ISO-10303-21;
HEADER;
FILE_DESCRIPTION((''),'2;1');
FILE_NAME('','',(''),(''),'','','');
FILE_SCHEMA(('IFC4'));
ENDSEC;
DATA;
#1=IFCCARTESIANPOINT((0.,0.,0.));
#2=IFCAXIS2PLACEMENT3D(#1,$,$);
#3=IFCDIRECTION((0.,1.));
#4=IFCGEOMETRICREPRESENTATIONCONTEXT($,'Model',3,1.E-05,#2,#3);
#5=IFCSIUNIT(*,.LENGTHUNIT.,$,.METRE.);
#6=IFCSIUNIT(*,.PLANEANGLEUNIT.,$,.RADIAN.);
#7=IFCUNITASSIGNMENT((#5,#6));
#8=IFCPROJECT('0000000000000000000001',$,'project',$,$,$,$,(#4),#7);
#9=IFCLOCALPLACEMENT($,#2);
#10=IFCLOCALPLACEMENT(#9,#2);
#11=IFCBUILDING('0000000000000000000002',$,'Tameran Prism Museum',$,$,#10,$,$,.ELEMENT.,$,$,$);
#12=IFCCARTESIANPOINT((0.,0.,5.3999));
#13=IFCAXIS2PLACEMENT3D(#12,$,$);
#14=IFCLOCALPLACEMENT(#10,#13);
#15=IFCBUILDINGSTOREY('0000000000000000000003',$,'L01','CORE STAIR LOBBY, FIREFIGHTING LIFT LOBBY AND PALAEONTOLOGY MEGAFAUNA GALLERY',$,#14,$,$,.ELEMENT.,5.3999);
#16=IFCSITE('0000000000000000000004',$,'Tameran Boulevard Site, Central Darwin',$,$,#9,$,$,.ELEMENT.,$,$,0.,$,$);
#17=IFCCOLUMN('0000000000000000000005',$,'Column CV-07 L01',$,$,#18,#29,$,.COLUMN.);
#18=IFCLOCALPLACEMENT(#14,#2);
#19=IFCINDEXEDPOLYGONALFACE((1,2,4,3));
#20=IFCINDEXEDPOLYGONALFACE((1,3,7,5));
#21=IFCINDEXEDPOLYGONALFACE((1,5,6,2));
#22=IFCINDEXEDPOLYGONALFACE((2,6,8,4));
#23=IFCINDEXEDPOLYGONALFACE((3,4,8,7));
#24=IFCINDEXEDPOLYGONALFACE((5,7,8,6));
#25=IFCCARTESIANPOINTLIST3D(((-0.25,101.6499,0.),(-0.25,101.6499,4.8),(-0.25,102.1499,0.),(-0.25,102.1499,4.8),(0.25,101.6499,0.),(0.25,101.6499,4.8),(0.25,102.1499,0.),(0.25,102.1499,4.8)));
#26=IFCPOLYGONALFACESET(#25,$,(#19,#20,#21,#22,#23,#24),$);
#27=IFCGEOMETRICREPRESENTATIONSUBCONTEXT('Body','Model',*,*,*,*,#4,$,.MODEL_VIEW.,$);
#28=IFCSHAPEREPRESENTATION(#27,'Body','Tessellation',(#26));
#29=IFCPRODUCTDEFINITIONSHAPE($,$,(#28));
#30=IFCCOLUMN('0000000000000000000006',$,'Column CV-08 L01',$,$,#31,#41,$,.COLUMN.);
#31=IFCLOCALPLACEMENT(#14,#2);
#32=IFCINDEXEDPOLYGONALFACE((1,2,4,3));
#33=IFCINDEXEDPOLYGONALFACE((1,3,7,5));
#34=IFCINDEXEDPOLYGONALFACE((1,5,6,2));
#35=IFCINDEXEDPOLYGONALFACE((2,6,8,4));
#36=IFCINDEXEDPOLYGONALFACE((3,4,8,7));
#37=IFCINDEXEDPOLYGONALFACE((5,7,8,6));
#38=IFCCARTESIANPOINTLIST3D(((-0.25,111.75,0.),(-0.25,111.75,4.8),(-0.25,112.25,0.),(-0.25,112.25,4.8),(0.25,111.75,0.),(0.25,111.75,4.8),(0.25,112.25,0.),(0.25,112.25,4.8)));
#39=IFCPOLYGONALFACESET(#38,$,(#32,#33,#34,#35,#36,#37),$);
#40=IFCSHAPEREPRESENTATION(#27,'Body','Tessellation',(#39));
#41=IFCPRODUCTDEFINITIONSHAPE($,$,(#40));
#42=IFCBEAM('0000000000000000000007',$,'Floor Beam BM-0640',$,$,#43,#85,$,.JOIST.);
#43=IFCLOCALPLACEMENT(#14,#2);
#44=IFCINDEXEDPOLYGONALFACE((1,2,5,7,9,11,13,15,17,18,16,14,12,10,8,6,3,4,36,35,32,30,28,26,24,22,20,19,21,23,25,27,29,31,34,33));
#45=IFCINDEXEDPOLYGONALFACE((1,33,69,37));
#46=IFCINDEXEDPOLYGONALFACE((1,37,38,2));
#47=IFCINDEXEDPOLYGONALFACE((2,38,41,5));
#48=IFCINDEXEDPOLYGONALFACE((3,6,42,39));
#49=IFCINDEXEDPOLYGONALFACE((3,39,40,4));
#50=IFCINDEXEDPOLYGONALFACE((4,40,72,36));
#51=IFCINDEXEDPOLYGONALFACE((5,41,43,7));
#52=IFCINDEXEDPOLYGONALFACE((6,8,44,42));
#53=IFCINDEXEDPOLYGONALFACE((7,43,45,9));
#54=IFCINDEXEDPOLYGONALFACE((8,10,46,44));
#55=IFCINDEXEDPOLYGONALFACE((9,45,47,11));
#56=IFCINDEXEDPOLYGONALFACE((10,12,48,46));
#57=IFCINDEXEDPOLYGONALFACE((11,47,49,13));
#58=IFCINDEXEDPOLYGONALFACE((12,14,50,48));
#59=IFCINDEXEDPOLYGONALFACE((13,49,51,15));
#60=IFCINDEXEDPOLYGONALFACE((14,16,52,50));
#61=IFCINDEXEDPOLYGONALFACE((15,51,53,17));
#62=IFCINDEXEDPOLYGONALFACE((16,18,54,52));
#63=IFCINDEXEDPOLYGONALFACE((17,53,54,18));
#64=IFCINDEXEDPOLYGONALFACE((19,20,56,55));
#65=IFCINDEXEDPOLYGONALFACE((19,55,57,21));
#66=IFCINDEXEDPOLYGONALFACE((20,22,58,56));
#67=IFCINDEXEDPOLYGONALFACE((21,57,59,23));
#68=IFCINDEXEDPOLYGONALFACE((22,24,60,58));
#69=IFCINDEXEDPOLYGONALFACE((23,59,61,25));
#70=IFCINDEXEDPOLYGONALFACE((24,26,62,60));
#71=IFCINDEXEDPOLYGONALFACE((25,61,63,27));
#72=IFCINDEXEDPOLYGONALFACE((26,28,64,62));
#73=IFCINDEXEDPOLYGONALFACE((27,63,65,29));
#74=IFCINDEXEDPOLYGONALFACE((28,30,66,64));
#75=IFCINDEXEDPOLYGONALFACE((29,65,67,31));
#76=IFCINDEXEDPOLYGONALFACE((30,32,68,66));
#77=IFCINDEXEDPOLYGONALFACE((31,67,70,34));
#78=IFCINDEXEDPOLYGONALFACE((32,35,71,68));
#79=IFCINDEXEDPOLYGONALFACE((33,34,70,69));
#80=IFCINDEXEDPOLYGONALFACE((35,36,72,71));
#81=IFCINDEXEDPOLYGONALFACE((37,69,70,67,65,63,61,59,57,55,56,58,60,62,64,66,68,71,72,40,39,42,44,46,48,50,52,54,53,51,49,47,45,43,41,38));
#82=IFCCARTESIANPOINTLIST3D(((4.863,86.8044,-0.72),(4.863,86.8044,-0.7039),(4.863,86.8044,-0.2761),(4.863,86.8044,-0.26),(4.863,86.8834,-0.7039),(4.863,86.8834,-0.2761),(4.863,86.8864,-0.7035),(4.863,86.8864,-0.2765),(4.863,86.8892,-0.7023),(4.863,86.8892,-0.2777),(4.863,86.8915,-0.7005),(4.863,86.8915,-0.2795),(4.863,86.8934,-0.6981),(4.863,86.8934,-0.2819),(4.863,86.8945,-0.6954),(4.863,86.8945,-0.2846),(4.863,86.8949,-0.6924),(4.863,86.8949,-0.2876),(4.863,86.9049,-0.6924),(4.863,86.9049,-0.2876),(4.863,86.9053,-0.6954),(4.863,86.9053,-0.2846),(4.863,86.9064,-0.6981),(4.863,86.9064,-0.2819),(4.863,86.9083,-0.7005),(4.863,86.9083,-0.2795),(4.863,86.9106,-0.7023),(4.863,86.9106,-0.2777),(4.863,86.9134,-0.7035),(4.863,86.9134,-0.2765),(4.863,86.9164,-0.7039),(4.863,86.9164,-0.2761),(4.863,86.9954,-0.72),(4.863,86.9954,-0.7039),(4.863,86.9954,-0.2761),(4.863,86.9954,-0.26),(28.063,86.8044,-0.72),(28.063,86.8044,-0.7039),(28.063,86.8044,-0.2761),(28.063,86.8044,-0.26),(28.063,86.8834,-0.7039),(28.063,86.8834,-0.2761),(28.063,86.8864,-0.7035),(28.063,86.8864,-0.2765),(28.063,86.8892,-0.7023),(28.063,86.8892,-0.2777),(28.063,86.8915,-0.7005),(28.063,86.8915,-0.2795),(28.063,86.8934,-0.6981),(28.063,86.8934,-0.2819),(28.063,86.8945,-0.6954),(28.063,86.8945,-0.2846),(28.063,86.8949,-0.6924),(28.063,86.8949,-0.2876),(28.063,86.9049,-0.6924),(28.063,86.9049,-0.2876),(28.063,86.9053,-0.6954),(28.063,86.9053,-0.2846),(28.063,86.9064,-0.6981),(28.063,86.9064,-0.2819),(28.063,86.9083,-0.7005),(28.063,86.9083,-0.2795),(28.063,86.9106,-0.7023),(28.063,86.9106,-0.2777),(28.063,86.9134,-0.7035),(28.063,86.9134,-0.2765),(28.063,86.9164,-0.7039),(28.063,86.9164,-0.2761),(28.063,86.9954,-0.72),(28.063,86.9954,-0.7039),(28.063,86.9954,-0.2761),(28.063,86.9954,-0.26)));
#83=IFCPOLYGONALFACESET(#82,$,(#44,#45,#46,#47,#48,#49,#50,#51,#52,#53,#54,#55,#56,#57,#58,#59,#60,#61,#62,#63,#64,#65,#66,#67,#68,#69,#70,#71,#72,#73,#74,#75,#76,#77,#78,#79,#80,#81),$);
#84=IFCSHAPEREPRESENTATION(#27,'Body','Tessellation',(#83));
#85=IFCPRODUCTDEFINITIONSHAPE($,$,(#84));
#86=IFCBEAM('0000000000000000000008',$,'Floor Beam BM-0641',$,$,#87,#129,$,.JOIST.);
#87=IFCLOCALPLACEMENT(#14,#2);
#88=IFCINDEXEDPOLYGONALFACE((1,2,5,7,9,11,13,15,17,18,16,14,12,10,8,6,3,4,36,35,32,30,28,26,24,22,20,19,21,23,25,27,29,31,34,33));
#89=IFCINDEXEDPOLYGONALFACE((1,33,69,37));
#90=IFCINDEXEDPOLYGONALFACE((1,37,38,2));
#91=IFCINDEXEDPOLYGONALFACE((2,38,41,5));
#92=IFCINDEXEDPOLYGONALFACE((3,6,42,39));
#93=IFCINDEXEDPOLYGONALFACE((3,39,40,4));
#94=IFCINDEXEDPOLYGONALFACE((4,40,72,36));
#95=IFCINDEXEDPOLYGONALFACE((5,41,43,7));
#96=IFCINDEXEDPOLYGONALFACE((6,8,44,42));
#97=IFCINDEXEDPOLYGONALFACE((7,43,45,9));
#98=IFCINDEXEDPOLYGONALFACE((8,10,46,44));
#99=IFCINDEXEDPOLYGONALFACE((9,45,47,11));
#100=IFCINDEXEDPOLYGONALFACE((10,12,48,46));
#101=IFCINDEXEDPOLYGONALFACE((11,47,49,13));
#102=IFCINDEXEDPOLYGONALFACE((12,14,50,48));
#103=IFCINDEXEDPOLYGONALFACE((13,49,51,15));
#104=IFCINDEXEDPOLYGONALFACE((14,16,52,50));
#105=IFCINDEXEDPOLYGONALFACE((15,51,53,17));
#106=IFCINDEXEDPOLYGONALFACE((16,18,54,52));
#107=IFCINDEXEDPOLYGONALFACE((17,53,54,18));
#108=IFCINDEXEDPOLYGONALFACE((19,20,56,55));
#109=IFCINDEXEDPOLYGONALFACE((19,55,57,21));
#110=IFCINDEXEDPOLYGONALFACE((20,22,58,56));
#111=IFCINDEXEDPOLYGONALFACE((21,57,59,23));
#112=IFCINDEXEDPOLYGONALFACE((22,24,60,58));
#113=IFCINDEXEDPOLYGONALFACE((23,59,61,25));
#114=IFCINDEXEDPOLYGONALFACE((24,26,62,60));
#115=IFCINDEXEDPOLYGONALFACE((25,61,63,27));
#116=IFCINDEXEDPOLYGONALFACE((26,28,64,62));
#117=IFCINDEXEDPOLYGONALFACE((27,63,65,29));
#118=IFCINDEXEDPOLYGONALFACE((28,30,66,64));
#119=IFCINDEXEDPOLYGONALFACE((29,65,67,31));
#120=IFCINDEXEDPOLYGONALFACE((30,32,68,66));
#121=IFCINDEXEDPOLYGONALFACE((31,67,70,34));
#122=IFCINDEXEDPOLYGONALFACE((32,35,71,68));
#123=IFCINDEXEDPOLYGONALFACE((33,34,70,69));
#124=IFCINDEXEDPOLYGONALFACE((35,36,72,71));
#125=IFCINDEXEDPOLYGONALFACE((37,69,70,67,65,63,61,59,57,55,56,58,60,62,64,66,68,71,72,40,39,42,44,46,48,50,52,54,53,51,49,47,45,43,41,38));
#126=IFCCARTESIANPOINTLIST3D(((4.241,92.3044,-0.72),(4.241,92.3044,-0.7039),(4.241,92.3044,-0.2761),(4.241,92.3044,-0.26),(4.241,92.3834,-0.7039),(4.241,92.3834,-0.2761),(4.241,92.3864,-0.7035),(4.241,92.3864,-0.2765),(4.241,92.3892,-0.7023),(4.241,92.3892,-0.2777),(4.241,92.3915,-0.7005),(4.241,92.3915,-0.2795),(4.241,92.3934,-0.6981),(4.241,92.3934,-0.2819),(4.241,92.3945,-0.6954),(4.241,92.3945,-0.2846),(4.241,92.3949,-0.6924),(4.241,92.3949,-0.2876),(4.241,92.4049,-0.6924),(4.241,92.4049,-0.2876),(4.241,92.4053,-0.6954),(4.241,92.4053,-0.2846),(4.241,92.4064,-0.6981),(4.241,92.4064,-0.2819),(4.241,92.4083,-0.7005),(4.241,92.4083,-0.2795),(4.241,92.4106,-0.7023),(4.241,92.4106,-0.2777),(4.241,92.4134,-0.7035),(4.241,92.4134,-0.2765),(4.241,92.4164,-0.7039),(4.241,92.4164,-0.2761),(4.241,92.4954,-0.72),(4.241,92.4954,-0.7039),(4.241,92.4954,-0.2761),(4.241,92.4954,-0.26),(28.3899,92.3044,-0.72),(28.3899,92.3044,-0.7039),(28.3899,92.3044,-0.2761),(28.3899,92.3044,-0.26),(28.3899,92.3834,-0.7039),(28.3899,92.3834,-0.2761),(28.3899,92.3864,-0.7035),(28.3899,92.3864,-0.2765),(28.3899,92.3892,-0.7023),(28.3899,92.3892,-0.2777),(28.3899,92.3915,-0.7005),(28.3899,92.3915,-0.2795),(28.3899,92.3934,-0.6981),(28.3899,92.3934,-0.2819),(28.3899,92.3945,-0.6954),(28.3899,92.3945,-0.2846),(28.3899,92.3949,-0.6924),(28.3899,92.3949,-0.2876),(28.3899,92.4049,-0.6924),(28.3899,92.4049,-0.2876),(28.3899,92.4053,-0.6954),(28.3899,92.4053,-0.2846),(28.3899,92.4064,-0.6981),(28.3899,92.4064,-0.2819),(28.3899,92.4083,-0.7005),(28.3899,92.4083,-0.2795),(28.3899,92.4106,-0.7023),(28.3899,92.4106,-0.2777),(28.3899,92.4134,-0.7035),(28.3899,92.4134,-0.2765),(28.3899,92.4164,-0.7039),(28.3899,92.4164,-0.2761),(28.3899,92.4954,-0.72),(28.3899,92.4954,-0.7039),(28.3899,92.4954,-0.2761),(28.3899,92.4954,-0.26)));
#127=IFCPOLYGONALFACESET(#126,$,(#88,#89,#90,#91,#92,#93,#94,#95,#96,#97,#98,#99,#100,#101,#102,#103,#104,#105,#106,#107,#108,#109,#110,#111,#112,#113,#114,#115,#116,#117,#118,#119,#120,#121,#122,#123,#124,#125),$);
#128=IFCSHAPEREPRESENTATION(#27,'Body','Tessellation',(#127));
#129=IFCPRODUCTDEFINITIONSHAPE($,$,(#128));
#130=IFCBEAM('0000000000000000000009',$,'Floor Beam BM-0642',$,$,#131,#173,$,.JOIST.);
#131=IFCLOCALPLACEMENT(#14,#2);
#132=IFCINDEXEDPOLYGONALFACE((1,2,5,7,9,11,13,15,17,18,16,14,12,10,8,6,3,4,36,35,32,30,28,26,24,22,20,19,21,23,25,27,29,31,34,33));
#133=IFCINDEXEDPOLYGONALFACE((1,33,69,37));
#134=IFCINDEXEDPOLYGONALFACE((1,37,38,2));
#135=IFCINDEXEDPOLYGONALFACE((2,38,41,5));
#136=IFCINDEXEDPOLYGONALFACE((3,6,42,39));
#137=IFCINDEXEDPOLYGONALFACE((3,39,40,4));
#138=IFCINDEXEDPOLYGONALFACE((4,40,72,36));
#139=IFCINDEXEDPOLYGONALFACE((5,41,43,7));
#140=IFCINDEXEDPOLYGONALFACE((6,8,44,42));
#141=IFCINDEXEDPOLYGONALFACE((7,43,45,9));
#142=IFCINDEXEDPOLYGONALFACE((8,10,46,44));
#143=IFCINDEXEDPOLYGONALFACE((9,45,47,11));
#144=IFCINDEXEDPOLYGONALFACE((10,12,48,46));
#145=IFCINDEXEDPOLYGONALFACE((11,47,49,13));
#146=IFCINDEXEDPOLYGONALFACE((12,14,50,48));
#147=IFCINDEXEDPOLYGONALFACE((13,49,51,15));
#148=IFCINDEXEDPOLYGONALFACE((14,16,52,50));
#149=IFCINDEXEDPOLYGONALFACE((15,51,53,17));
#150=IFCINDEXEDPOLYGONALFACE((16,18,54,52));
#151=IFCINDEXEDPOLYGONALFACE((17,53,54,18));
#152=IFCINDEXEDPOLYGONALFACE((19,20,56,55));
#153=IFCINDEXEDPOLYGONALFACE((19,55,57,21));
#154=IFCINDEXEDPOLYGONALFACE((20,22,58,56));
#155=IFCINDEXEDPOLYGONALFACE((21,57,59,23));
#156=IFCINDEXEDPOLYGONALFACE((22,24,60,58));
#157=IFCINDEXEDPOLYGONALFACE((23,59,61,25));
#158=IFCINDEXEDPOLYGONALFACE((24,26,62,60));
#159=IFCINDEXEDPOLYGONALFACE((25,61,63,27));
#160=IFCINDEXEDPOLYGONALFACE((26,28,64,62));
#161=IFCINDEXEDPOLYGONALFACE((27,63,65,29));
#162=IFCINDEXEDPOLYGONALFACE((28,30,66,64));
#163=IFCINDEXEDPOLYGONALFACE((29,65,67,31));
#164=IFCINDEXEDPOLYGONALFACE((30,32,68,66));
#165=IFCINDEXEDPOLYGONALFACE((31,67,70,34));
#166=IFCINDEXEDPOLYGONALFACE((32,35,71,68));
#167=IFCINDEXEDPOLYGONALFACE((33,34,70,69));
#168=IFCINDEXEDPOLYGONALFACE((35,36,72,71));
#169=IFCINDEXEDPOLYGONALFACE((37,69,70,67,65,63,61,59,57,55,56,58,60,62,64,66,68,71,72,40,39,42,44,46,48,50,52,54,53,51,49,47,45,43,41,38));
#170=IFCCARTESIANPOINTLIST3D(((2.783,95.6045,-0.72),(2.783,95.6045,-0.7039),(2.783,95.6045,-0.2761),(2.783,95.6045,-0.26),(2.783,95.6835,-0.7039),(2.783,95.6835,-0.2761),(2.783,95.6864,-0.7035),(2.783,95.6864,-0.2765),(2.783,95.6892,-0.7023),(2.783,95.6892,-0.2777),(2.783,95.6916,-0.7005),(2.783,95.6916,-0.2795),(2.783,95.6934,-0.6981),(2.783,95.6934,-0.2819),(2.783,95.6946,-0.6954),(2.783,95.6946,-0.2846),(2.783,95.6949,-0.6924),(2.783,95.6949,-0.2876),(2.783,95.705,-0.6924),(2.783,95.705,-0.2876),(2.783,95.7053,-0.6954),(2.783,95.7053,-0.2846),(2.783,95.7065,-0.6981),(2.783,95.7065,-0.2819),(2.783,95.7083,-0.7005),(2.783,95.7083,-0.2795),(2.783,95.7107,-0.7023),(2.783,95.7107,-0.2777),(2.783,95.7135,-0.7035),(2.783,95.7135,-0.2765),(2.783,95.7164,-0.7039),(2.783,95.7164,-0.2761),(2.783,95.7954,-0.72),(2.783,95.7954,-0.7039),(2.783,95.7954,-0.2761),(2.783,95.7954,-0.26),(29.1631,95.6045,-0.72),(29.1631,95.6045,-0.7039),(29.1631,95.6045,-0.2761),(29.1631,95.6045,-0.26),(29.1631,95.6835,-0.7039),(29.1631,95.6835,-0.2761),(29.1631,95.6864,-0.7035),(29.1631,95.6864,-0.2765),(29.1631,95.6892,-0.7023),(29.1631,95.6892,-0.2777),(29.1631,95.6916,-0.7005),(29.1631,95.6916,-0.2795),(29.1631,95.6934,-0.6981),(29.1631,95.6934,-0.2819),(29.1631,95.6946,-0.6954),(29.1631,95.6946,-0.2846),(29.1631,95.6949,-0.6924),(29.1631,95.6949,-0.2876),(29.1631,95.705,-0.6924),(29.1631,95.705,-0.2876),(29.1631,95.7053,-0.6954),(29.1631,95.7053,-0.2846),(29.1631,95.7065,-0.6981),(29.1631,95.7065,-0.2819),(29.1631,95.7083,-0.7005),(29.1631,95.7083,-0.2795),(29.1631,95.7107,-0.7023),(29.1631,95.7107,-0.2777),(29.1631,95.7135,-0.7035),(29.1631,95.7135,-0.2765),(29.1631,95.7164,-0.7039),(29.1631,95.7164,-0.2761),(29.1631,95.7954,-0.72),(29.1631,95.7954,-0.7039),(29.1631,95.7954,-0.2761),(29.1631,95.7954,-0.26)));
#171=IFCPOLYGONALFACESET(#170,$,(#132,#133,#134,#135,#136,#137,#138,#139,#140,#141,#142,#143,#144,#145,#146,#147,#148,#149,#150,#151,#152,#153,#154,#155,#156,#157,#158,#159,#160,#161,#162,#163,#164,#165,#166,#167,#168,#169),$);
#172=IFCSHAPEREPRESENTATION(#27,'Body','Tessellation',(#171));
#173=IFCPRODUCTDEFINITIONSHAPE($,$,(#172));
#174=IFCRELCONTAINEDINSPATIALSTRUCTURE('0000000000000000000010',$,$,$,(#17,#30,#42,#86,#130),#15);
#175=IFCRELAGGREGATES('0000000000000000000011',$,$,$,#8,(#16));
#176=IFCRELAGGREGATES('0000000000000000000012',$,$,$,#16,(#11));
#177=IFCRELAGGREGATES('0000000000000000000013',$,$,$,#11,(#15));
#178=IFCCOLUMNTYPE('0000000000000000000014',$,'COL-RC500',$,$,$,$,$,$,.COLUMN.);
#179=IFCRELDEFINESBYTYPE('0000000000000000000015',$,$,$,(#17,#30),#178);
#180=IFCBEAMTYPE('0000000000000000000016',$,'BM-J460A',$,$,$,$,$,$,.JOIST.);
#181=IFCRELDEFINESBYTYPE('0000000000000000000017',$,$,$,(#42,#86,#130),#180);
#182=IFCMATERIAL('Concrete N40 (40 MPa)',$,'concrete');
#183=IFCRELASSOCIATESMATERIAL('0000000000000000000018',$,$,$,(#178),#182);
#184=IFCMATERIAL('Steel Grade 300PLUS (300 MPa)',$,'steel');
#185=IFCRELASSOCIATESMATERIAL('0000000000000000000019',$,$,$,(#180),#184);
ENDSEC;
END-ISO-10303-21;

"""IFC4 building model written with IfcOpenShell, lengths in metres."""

from ifc_helpers import new_model, si_unit, direction, frame, origin, origin_2d, place, context, subcontext, project, spatial, rectangle, i_section, extrude, material, material_profile, profile_set, type_object, element, save


model = new_model("IFC4")

# Units and contexts
model_context = context("Model", 3, precision=1e-05, world=origin(), true_north=direction((0.0, 1.0)))
body_context = subcontext(model_context, "Body", "Model", "MODEL_VIEW")
ifc_project = project(units=[si_unit("LENGTHUNIT", "METRE"), si_unit("PLANEANGLEUNIT", "RADIAN")], contexts=[model_context])

# Site, building, storey
site_placement = place(None, origin())
site = spatial("IfcSite", under=ifc_project, at=site_placement, Name="Tameran Boulevard Site, Central Darwin", CompositionType="ELEMENT", RefElevation=0.0)
building_placement = place(site_placement, origin())
building = spatial("IfcBuilding", under=site, at=building_placement, Name="Tameran Prism Museum", CompositionType="ELEMENT")
storey_placement = place(building_placement, frame((0.0, 0.0, 5.3999)))
storey = spatial("IfcBuildingStorey", under=building, at=storey_placement, Name="L01", Description="CORE STAIR LOBBY, FIREFIGHTING LIFT LOBBY AND PALAEONTOLOGY MEGAFAUNA GALLERY", CompositionType="ELEMENT", Elevation=5.3999)

# Columns
ifc_material_1 = material(Name="Concrete N40 (40 MPa)", Category="concrete")
ifc_material_profile_1 = material_profile(ifc_material_1, rectangle(XDim=0.5, YDim=0.5, at=origin_2d()))
ifc_profile_set_1 = profile_set([ifc_material_profile_1])
column_type = type_object("IfcColumnType", Name="COL-RC500", PredefinedType="COLUMN", material=ifc_profile_set_1)
for number, where, z_axis, x_axis, name in (
    (1, (0.0, 101.8999, 0.0), (0.0, 0.0, 1.0), (1.0, 0.0, 0.0), "Column CV-07 L01"),
    (2, (0.0, 112.0, 0.0), (0.0, 0.0, 1.0), (1.0, 0.0, 0.0), "Column CV-08 L01"),
):
    element("IfcColumn", number, at=place(storey_placement, frame(where, z_axis=z_axis, x_axis=x_axis)), inside=storey, type_object=column_type, Name=name, PredefinedType="COLUMN", context=body_context, shape_type="SweptSolid", body=[
        extrude(rectangle(XDim=0.5, YDim=0.5, at=origin_2d()), origin(), (0.0, 0.0, 1.0), 4.8),
    ])

# Beams
ifc_material_2 = material(Name="Steel Grade 300PLUS (300 MPa)", Category="steel")
ifc_material_profile_2 = material_profile(ifc_material_2, i_section(OverallWidth=0.1909, OverallDepth=0.46, WebThickness=0.01, FlangeThickness=0.0161, FilletRadius=0.0115, at=origin_2d()))
ifc_profile_set_2 = profile_set([ifc_material_profile_2])
beam_type_1 = type_object("IfcBeamType", Name="BM-J460A", PredefinedType="JOIST", material=ifc_profile_set_2)
beam_1_placement = place(storey_placement, frame((4.863, 86.8999, -0.49), z_axis=(1.0, 0.0, 0.0), x_axis=(0.0, 1.0, 0.0)))
element("IfcBeam", 3, at=beam_1_placement, inside=storey, type_object=beam_type_1, Name="Floor Beam BM-0640", PredefinedType="JOIST", context=body_context, shape_type="SweptSolid", body=[
    extrude(i_section(OverallWidth=0.1909, OverallDepth=0.46, WebThickness=0.01, FlangeThickness=0.0161, FilletRadius=0.0115, at=origin_2d()), origin(), (0.0, 0.0, 1.0), 23.2),
])
beam_2_placement = place(storey_placement, frame((4.241, 92.3999, -0.49), z_axis=(1.0, 0.0, 0.0), x_axis=(0.0, 1.0, 0.0)))
element("IfcBeam", 4, at=beam_2_placement, inside=storey, type_object=beam_type_1, Name="Floor Beam BM-0641", PredefinedType="JOIST", context=body_context, shape_type="SweptSolid", body=[
    extrude(i_section(OverallWidth=0.1909, OverallDepth=0.46, WebThickness=0.01, FlangeThickness=0.0161, FilletRadius=0.0115, at=origin_2d()), origin(), (0.0, 0.0, 1.0), 24.1489),
])
beam_3_placement = place(storey_placement, frame((2.783, 95.7, -0.49), z_axis=(1.0, 0.0, 0.0), x_axis=(0.0, 1.0, 0.0)))
element("IfcBeam", 5, at=beam_3_placement, inside=storey, type_object=beam_type_1, Name="Floor Beam BM-0642", PredefinedType="JOIST", context=body_context, shape_type="SweptSolid", body=[
    extrude(i_section(OverallWidth=0.1909, OverallDepth=0.46, WebThickness=0.01, FlangeThickness=0.0161, FilletRadius=0.0115, at=origin_2d()), origin(), (0.0, 0.0, 1.0), 26.3801),
])

save(model, "model.ifc")
